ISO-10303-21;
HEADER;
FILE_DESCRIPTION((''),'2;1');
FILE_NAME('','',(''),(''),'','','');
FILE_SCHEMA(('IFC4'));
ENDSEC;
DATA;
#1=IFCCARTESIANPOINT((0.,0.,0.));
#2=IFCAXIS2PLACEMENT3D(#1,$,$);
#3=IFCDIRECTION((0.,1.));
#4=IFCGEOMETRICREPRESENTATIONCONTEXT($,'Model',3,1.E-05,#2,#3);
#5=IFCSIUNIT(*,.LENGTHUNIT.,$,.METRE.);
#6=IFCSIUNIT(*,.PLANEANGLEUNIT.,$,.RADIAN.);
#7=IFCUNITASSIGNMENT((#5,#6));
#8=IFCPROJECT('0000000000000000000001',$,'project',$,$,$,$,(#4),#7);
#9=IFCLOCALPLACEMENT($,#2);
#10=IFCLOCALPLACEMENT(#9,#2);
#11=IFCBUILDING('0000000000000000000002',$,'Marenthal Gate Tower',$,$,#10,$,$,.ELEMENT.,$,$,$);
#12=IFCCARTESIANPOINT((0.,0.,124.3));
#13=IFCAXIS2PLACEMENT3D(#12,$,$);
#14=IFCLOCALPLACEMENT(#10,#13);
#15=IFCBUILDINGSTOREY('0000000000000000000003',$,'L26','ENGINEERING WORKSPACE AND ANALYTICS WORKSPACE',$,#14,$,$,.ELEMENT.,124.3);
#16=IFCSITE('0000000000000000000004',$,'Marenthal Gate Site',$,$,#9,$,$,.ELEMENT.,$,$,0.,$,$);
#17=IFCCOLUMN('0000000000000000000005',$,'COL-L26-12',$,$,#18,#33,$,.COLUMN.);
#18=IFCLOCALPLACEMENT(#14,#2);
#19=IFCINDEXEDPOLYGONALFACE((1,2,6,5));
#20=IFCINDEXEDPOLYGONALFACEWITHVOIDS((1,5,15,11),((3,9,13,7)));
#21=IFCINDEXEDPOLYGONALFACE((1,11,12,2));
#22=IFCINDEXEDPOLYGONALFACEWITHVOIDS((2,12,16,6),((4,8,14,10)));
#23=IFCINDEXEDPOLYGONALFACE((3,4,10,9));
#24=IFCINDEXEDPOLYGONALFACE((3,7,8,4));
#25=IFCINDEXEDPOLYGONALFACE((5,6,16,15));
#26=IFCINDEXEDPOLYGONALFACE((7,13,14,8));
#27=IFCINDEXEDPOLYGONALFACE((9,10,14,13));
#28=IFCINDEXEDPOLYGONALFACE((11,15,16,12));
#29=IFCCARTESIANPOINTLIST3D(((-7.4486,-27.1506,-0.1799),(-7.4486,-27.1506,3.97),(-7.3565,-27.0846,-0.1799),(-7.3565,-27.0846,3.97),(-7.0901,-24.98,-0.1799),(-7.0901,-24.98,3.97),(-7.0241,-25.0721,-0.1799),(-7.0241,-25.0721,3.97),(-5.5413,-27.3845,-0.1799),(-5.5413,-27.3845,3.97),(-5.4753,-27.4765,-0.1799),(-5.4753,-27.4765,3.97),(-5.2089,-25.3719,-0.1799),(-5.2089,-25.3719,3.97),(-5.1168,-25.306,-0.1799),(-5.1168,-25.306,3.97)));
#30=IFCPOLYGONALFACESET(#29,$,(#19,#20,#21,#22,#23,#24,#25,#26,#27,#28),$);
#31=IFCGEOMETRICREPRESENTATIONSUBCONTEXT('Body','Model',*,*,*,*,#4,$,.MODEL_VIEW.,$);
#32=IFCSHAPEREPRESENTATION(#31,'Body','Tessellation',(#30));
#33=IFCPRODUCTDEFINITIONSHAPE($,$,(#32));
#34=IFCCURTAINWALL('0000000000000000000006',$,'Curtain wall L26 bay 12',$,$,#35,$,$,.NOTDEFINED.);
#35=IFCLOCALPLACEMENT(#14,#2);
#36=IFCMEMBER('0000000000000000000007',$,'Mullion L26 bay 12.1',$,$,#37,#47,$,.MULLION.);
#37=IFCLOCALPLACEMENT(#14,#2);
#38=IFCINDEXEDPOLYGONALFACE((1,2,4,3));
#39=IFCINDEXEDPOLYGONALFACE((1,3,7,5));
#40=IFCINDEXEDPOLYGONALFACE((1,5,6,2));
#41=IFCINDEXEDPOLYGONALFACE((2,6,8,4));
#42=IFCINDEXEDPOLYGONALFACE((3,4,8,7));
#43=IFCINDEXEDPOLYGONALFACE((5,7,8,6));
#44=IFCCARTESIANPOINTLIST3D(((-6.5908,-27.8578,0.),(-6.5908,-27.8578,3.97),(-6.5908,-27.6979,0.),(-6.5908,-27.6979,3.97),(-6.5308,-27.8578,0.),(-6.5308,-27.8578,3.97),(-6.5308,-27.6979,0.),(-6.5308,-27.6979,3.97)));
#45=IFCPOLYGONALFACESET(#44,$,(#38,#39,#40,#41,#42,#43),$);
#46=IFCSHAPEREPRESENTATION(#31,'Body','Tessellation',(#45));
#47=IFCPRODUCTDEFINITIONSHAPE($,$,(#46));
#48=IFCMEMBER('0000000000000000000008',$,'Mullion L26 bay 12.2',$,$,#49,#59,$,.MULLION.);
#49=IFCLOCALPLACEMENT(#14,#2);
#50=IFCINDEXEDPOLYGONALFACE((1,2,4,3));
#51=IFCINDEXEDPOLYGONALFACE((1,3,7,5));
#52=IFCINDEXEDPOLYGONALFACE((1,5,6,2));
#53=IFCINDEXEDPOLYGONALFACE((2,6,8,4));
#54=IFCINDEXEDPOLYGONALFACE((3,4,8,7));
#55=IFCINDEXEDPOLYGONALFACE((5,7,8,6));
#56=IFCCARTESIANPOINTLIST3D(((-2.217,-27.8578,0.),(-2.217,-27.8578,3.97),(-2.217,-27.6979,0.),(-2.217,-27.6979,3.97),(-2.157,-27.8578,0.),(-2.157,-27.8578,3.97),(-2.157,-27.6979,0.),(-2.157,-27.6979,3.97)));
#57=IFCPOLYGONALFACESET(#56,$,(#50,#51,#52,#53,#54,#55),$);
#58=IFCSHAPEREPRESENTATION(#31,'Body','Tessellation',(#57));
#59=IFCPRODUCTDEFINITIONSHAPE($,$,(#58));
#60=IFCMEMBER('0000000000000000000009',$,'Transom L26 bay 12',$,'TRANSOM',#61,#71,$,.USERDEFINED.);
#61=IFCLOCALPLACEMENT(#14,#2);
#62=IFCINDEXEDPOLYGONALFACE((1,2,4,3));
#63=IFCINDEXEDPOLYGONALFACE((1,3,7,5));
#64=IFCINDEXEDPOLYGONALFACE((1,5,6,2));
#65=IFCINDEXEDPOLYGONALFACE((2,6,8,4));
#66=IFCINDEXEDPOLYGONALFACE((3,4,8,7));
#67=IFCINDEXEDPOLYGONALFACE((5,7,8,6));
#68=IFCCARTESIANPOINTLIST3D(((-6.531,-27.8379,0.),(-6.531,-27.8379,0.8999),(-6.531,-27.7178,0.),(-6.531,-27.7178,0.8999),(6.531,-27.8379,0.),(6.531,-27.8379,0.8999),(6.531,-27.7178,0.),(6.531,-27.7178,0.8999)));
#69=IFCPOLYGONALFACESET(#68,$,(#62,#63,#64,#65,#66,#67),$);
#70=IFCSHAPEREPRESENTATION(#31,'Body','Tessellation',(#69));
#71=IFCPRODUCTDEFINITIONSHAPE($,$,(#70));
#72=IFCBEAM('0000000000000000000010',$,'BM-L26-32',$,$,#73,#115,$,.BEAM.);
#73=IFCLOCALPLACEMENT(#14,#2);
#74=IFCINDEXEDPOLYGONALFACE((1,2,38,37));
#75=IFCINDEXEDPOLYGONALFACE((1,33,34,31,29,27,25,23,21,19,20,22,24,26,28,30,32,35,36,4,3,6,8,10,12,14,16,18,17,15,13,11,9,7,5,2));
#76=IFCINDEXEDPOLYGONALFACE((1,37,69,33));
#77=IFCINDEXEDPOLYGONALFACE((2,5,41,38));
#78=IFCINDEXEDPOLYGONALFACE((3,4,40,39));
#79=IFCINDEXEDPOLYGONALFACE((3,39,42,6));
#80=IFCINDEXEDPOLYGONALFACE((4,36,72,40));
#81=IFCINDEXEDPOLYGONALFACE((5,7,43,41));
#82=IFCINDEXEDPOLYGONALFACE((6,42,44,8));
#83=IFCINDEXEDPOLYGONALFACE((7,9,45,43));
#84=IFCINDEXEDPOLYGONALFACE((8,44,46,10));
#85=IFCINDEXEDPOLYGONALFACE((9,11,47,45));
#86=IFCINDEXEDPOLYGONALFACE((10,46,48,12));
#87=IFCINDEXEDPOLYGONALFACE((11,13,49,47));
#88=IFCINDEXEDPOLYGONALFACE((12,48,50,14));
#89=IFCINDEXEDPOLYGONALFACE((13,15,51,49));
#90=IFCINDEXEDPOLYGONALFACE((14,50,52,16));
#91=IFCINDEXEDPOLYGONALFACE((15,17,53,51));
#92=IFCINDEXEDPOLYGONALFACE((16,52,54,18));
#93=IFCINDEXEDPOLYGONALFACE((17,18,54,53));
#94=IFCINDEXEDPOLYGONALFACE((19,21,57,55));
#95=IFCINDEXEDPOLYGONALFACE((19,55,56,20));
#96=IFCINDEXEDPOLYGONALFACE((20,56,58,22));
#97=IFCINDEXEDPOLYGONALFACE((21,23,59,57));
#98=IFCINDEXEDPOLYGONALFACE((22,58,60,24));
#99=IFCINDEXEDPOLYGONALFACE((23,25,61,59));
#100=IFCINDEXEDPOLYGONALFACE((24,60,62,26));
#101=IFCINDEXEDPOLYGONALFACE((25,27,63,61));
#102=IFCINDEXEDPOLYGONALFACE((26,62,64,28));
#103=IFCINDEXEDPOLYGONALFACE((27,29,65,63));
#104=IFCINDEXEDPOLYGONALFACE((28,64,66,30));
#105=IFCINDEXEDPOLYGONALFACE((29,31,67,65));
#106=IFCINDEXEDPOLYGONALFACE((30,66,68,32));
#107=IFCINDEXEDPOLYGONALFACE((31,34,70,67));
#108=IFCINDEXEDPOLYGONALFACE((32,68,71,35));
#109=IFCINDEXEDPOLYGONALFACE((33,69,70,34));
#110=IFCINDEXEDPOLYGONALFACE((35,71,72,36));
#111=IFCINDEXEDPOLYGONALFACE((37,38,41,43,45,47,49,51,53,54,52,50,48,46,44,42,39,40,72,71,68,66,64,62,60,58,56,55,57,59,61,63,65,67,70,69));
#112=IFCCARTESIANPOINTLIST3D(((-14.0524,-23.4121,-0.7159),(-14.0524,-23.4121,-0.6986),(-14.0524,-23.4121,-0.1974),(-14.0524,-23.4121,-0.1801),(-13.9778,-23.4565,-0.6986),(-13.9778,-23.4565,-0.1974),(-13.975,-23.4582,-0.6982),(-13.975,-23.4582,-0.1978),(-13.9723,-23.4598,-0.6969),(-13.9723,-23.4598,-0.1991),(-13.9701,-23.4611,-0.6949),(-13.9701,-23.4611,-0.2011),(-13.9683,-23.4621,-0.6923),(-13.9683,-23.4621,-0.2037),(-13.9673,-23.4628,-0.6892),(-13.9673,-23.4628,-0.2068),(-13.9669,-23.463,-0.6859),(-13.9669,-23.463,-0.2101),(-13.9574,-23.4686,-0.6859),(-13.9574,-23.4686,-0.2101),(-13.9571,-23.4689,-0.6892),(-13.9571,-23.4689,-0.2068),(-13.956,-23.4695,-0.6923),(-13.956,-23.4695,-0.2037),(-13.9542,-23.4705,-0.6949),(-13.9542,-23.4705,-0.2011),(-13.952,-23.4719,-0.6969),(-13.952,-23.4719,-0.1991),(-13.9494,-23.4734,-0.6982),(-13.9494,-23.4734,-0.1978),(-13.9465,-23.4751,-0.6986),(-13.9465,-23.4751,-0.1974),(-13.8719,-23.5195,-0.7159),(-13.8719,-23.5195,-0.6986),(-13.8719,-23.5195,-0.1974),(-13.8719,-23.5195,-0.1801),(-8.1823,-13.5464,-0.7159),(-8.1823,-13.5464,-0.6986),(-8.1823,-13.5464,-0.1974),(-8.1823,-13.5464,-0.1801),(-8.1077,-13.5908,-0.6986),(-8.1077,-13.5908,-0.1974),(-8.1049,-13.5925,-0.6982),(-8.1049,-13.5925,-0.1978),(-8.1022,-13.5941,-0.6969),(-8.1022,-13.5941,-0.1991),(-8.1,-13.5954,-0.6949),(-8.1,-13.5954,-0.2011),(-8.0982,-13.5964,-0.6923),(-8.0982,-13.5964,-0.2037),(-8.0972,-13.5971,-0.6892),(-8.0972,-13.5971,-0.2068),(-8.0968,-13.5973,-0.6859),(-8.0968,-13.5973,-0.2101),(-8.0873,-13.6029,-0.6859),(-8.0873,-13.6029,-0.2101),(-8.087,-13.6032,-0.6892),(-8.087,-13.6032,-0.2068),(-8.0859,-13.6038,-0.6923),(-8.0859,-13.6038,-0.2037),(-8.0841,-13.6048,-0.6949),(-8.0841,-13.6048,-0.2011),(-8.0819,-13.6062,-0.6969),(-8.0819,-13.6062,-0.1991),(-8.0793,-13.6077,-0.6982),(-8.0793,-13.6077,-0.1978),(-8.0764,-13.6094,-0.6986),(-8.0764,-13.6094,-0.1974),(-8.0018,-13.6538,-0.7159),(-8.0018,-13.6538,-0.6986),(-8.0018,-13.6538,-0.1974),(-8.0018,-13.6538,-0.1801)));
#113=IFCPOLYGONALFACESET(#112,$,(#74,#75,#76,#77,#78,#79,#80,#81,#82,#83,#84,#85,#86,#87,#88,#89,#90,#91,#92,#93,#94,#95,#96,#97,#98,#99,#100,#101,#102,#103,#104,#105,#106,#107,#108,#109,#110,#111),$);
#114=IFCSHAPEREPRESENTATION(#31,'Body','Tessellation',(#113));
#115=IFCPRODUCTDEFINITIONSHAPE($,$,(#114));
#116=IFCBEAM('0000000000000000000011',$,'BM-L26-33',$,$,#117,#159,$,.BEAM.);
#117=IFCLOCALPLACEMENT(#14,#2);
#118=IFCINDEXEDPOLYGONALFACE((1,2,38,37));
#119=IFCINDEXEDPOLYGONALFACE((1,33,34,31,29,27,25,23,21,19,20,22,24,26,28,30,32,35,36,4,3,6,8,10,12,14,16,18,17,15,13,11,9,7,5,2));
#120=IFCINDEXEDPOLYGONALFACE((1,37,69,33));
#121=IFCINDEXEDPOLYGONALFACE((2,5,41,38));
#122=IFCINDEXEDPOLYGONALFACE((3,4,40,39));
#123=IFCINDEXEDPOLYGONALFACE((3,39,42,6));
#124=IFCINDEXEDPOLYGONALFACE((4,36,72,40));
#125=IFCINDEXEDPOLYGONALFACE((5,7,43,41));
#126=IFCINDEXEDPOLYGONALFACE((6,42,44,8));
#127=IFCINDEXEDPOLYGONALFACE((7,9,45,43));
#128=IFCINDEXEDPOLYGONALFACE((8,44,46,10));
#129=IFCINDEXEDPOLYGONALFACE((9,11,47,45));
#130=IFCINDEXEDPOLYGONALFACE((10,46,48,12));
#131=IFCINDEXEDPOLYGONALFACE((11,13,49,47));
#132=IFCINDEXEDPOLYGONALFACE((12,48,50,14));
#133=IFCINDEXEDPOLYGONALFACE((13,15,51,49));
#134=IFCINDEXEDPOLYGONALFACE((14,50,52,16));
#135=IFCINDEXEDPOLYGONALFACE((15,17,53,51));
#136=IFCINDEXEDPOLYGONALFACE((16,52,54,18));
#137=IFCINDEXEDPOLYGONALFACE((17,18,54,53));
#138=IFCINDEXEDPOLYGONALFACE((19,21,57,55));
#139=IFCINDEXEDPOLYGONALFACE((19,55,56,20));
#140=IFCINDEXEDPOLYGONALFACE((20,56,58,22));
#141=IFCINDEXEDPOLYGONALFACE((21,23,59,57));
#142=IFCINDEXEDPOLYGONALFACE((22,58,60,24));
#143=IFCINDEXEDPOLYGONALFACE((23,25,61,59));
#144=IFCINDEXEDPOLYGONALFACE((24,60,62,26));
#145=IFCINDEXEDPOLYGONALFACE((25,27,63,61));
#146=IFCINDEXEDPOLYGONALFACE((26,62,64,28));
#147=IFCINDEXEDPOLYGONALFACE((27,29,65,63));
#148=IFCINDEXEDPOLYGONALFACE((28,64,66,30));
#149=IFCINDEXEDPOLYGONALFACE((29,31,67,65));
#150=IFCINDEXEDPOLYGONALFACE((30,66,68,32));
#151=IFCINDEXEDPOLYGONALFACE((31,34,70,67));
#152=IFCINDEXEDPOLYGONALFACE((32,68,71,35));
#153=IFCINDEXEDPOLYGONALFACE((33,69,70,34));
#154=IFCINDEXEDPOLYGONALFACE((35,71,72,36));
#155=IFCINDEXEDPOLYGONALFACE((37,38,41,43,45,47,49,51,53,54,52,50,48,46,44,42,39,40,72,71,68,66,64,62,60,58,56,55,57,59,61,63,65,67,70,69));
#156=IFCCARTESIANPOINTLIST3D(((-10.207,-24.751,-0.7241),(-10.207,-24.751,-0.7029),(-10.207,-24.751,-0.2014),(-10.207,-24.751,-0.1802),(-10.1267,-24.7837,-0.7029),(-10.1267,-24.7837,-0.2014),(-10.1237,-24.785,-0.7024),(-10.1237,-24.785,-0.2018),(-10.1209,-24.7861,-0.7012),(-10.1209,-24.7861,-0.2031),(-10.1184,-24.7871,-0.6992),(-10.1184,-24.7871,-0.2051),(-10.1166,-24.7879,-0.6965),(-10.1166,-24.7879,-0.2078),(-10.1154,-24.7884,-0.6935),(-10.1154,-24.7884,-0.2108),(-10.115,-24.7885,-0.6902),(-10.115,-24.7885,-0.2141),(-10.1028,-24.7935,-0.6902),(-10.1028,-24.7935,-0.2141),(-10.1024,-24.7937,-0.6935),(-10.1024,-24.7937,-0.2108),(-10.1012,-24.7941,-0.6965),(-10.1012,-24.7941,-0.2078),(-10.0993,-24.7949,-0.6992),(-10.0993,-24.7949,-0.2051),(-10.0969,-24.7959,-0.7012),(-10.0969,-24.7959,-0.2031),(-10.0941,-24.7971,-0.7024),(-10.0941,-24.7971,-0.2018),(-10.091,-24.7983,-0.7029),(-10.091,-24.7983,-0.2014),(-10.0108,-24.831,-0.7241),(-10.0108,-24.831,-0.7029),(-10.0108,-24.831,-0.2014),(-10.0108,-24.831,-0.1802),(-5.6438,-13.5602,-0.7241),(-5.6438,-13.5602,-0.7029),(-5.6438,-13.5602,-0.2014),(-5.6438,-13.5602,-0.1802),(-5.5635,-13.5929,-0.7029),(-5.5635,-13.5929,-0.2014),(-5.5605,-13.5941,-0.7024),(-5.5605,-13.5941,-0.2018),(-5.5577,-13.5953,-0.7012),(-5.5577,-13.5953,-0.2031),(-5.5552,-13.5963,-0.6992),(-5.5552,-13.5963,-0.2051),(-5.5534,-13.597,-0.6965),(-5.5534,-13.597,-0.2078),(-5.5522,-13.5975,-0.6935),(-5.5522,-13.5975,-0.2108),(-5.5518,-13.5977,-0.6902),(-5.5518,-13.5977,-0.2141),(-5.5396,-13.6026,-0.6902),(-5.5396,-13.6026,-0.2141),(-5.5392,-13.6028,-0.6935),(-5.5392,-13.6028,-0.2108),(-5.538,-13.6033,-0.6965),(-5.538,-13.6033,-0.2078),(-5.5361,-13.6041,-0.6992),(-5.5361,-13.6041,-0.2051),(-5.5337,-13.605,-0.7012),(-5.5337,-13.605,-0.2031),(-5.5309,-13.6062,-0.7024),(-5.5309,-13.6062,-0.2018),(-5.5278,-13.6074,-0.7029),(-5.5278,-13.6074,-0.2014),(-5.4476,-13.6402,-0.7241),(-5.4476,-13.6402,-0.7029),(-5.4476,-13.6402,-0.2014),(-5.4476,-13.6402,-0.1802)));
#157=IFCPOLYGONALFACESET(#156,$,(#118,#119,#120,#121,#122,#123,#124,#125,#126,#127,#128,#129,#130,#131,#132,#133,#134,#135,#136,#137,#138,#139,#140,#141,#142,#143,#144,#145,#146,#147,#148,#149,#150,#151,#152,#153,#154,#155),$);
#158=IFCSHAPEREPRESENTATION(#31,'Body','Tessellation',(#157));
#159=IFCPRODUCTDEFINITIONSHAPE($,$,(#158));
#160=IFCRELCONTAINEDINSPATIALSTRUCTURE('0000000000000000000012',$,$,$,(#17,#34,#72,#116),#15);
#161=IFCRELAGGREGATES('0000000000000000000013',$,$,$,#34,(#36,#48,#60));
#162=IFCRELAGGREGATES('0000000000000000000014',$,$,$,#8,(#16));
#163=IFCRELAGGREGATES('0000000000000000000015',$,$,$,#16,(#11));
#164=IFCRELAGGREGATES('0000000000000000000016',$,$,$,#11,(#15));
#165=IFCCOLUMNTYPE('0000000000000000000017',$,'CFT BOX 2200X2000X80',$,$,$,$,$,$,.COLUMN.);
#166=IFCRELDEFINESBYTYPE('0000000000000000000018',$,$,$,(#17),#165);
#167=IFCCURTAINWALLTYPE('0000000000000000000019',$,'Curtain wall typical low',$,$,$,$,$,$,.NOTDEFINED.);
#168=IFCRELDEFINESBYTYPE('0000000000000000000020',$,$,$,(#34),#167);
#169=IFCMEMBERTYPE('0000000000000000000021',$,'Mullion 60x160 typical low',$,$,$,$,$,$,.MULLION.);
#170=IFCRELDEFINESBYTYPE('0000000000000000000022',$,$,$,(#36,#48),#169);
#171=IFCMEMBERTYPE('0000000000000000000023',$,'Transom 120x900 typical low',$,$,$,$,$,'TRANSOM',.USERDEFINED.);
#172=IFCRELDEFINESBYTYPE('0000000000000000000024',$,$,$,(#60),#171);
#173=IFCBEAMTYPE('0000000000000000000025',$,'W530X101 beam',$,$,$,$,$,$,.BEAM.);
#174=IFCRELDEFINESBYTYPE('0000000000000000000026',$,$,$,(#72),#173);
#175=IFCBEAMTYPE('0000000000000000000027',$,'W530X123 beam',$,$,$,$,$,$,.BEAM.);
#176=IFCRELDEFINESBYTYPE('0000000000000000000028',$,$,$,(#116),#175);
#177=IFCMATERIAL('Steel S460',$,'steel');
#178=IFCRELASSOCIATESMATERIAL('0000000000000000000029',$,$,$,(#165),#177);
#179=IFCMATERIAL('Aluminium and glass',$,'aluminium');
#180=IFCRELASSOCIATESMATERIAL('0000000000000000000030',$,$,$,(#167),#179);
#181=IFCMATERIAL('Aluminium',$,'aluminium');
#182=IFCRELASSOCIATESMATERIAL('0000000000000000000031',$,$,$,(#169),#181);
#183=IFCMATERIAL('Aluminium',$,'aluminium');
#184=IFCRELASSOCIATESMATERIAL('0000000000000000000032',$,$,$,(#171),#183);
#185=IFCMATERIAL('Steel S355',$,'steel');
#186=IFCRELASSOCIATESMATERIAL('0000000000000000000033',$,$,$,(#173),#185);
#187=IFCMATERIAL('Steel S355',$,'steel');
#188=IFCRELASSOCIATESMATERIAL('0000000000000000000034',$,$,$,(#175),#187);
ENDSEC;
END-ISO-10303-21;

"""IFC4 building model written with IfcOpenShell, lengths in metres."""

from ifc_helpers import new_model, si_unit, direction, frame, origin, origin_2d, place, context, subcontext, project, spatial, rectangle, hollow_rectangle, i_section, extrude, material, material_profile, profile_set, type_object, element, aggregate, save


model = new_model("IFC4")

# Units and contexts
model_context = context("Model", 3, precision=1e-05, world=origin(), true_north=direction((0.0, 1.0)))
body_context = subcontext(model_context, "Body", "Model", "MODEL_VIEW")
ifc_project = project(units=[si_unit("LENGTHUNIT", "METRE"), si_unit("PLANEANGLEUNIT", "RADIAN")], contexts=[model_context])

# Site, building, storey
site_placement = place(None, origin())
site = spatial("IfcSite", under=ifc_project, at=site_placement, Name="Marenthal Gate Site", CompositionType="ELEMENT", RefElevation=0.0)
building_placement = place(site_placement, origin())
building = spatial("IfcBuilding", under=site, at=building_placement, Name="Marenthal Gate Tower", CompositionType="ELEMENT")
storey_placement = place(building_placement, frame((0.0, 0.0, 124.3)))
storey = spatial("IfcBuildingStorey", under=building, at=storey_placement, Name="L26", Description="ENGINEERING WORKSPACE AND ANALYTICS WORKSPACE", CompositionType="ELEMENT", Elevation=124.3)

# Column
ifc_material_1 = material(Name="Steel S460", Category="steel")
ifc_material_profile_1 = material_profile(ifc_material_1, hollow_rectangle(XDim=2.0, YDim=2.2, WallThickness=0.0801, at=origin_2d()), Name="CFT BOX 2200X2000X80")
ifc_material_2 = material(Name="Concrete 70 MPa", Category="concrete")
ifc_material_profile_2 = material_profile(ifc_material_2, rectangle(XDim=1.8401, YDim=2.04, at=origin_2d()), Name="CFT BOX 2200X2000X80 INFILL")
ifc_profile_set_1 = profile_set([ifc_material_profile_1, ifc_material_profile_2], Name="Steel S460 shell, Concrete 70 MPa infill")
column_type = type_object("IfcColumnType", Name="CFT BOX 2200X2000X80", PredefinedType="COLUMN", material=ifc_profile_set_1)
column_placement = place(storey_placement, frame((-6.2827, -26.2283, -0.1799), z_axis=(0.0, 0.0, 1.0), x_axis=(-0.986631, 0.162968, 0.0)))
element("IfcColumn", 1, at=column_placement, inside=storey, type_object=column_type, Name="COL-L26-12", PredefinedType="COLUMN", context=body_context, shape_type="SweptSolid", body=[
    extrude(hollow_rectangle(XDim=2.0, YDim=2.2, WallThickness=0.0801, at=origin_2d()), origin(), (0.0, 0.0, 1.0), 4.1499),
])

# Curtain wall, members
ifc_material_3 = material(Name="Aluminium and glass", Category="aluminium")
curtain_wall_type = type_object("IfcCurtainWallType", Name="Curtain wall typical low", PredefinedType="NOTDEFINED", material=ifc_material_3)
curtain_wall_placement = place(storey_placement, origin())
curtain_wall = element("IfcCurtainWall", 2, at=curtain_wall_placement, inside=storey, type_object=curtain_wall_type, Name="Curtain wall L26 bay 12", PredefinedType="NOTDEFINED")
ifc_material_4 = material(Name="Aluminium", Category="aluminium")
ifc_material_profile_3 = material_profile(ifc_material_4, rectangle(XDim=0.1599, YDim=0.0601, at=origin_2d()), Name="60x160 aluminium mullion")
ifc_profile_set_2 = profile_set([ifc_material_profile_3], Name="Aluminium")
member_type_1 = type_object("IfcMemberType", Name="Mullion 60x160 typical low", PredefinedType="MULLION", material=ifc_profile_set_2)
member_1_placement = place(storey_placement, frame((-6.5608, -27.7778, 0.0), z_axis=(0.0, 0.0, 1.0), x_axis=(0.0, 1.0, 0.0)))
member_1 = element("IfcMember", 3, at=member_1_placement, type_object=member_type_1, Name="Mullion L26 bay 12.1", PredefinedType="MULLION", context=body_context, shape_type="SweptSolid", body=[
    extrude(rectangle(XDim=0.1599, YDim=0.0601, at=origin_2d()), origin(), (0.0, 0.0, 1.0), 3.97),
])
member_2_placement = place(storey_placement, frame((-2.187, -27.7778, 0.0), z_axis=(0.0, 0.0, 1.0), x_axis=(0.0, 1.0, 0.0)))
member_2 = element("IfcMember", 4, at=member_2_placement, type_object=member_type_1, Name="Mullion L26 bay 12.2", PredefinedType="MULLION", context=body_context, shape_type="SweptSolid", body=[
    extrude(rectangle(XDim=0.1599, YDim=0.0601, at=origin_2d()), origin(), (0.0, 0.0, 1.0), 3.97),
])
ifc_material_5 = material(Name="Aluminium", Category="aluminium")
ifc_material_profile_4 = material_profile(ifc_material_5, rectangle(XDim=0.1201, YDim=0.8999, at=origin_2d()), Name="120x900 aluminium transom")
ifc_profile_set_3 = profile_set([ifc_material_profile_4], Name="Aluminium")
member_type_2 = type_object("IfcMemberType", Name="Transom 120x900 typical low", ElementType="TRANSOM", PredefinedType="USERDEFINED", material=ifc_profile_set_3)
member_3_placement = place(storey_placement, frame((-6.531, -27.7778, 0.45), z_axis=(1.0, 0.0, 0.0), x_axis=(0.0, 1.0, 0.0)))
member_3 = element("IfcMember", 5, at=member_3_placement, type_object=member_type_2, Name="Transom L26 bay 12", ObjectType="TRANSOM", PredefinedType="USERDEFINED", context=body_context, shape_type="SweptSolid", body=[
    extrude(rectangle(XDim=0.1201, YDim=0.8999, at=origin_2d()), origin(), (0.0, 0.0, 1.0), 13.062),
])

# Beams
ifc_material_6 = material(Name="Steel S355", Category="steel")
ifc_material_profile_5 = material_profile(ifc_material_6, i_section(OverallWidth=0.21, OverallDepth=0.5359, WebThickness=0.011, FlangeThickness=0.0173, FilletRadius=0.0127, at=origin_2d()), Name="W530X101")
ifc_profile_set_4 = profile_set([ifc_material_profile_5], Name="Steel S355")
beam_type_1 = type_object("IfcBeamType", Name="W530X101 beam", PredefinedType="BEAM", material=ifc_profile_set_4)
beam_1_placement = place(storey_placement, frame((-13.9622, -23.4658, -0.448), z_axis=(0.511334, 0.859382, 0.0), x_axis=(-0.859382, 0.511334, 0.0)))
element("IfcBeam", 6, at=beam_1_placement, inside=storey, type_object=beam_type_1, Name="BM-L26-32", PredefinedType="BEAM", context=body_context, shape_type="SweptSolid", body=[
    extrude(i_section(OverallWidth=0.21, OverallDepth=0.5359, WebThickness=0.011, FlangeThickness=0.0173, FilletRadius=0.0127, at=origin_2d()), origin(), (0.0, 0.0, 1.0), 11.48),
])
ifc_material_7 = material(Name="Steel S355", Category="steel")
ifc_material_profile_6 = material_profile(ifc_material_7, i_section(OverallWidth=0.2119, OverallDepth=0.5439, WebThickness=0.0132, FlangeThickness=0.0212, FilletRadius=0.0127, at=origin_2d()), Name="W530X123")
ifc_profile_set_5 = profile_set([ifc_material_profile_6], Name="Steel S355")
beam_type_2 = type_object("IfcBeamType", Name="W530X123 beam", PredefinedType="BEAM", material=ifc_profile_set_5)
beam_2_placement = place(storey_placement, frame((-10.1089, -24.791, -0.4521), z_axis=(0.377579, 0.925978, 0.0), x_axis=(-0.925978, 0.377579, 0.0)))
element("IfcBeam", 7, at=beam_2_placement, inside=storey, type_object=beam_type_2, Name="BM-L26-33", PredefinedType="BEAM", context=body_context, shape_type="SweptSolid", body=[
    extrude(i_section(OverallWidth=0.2119, OverallDepth=0.5439, WebThickness=0.0132, FlangeThickness=0.0212, FilletRadius=0.0127, at=origin_2d()), origin(), (0.0, 0.0, 1.0), 12.0854),
])

aggregate(curtain_wall, [member_1, member_2, member_3])

save(model, "model.ifc")
